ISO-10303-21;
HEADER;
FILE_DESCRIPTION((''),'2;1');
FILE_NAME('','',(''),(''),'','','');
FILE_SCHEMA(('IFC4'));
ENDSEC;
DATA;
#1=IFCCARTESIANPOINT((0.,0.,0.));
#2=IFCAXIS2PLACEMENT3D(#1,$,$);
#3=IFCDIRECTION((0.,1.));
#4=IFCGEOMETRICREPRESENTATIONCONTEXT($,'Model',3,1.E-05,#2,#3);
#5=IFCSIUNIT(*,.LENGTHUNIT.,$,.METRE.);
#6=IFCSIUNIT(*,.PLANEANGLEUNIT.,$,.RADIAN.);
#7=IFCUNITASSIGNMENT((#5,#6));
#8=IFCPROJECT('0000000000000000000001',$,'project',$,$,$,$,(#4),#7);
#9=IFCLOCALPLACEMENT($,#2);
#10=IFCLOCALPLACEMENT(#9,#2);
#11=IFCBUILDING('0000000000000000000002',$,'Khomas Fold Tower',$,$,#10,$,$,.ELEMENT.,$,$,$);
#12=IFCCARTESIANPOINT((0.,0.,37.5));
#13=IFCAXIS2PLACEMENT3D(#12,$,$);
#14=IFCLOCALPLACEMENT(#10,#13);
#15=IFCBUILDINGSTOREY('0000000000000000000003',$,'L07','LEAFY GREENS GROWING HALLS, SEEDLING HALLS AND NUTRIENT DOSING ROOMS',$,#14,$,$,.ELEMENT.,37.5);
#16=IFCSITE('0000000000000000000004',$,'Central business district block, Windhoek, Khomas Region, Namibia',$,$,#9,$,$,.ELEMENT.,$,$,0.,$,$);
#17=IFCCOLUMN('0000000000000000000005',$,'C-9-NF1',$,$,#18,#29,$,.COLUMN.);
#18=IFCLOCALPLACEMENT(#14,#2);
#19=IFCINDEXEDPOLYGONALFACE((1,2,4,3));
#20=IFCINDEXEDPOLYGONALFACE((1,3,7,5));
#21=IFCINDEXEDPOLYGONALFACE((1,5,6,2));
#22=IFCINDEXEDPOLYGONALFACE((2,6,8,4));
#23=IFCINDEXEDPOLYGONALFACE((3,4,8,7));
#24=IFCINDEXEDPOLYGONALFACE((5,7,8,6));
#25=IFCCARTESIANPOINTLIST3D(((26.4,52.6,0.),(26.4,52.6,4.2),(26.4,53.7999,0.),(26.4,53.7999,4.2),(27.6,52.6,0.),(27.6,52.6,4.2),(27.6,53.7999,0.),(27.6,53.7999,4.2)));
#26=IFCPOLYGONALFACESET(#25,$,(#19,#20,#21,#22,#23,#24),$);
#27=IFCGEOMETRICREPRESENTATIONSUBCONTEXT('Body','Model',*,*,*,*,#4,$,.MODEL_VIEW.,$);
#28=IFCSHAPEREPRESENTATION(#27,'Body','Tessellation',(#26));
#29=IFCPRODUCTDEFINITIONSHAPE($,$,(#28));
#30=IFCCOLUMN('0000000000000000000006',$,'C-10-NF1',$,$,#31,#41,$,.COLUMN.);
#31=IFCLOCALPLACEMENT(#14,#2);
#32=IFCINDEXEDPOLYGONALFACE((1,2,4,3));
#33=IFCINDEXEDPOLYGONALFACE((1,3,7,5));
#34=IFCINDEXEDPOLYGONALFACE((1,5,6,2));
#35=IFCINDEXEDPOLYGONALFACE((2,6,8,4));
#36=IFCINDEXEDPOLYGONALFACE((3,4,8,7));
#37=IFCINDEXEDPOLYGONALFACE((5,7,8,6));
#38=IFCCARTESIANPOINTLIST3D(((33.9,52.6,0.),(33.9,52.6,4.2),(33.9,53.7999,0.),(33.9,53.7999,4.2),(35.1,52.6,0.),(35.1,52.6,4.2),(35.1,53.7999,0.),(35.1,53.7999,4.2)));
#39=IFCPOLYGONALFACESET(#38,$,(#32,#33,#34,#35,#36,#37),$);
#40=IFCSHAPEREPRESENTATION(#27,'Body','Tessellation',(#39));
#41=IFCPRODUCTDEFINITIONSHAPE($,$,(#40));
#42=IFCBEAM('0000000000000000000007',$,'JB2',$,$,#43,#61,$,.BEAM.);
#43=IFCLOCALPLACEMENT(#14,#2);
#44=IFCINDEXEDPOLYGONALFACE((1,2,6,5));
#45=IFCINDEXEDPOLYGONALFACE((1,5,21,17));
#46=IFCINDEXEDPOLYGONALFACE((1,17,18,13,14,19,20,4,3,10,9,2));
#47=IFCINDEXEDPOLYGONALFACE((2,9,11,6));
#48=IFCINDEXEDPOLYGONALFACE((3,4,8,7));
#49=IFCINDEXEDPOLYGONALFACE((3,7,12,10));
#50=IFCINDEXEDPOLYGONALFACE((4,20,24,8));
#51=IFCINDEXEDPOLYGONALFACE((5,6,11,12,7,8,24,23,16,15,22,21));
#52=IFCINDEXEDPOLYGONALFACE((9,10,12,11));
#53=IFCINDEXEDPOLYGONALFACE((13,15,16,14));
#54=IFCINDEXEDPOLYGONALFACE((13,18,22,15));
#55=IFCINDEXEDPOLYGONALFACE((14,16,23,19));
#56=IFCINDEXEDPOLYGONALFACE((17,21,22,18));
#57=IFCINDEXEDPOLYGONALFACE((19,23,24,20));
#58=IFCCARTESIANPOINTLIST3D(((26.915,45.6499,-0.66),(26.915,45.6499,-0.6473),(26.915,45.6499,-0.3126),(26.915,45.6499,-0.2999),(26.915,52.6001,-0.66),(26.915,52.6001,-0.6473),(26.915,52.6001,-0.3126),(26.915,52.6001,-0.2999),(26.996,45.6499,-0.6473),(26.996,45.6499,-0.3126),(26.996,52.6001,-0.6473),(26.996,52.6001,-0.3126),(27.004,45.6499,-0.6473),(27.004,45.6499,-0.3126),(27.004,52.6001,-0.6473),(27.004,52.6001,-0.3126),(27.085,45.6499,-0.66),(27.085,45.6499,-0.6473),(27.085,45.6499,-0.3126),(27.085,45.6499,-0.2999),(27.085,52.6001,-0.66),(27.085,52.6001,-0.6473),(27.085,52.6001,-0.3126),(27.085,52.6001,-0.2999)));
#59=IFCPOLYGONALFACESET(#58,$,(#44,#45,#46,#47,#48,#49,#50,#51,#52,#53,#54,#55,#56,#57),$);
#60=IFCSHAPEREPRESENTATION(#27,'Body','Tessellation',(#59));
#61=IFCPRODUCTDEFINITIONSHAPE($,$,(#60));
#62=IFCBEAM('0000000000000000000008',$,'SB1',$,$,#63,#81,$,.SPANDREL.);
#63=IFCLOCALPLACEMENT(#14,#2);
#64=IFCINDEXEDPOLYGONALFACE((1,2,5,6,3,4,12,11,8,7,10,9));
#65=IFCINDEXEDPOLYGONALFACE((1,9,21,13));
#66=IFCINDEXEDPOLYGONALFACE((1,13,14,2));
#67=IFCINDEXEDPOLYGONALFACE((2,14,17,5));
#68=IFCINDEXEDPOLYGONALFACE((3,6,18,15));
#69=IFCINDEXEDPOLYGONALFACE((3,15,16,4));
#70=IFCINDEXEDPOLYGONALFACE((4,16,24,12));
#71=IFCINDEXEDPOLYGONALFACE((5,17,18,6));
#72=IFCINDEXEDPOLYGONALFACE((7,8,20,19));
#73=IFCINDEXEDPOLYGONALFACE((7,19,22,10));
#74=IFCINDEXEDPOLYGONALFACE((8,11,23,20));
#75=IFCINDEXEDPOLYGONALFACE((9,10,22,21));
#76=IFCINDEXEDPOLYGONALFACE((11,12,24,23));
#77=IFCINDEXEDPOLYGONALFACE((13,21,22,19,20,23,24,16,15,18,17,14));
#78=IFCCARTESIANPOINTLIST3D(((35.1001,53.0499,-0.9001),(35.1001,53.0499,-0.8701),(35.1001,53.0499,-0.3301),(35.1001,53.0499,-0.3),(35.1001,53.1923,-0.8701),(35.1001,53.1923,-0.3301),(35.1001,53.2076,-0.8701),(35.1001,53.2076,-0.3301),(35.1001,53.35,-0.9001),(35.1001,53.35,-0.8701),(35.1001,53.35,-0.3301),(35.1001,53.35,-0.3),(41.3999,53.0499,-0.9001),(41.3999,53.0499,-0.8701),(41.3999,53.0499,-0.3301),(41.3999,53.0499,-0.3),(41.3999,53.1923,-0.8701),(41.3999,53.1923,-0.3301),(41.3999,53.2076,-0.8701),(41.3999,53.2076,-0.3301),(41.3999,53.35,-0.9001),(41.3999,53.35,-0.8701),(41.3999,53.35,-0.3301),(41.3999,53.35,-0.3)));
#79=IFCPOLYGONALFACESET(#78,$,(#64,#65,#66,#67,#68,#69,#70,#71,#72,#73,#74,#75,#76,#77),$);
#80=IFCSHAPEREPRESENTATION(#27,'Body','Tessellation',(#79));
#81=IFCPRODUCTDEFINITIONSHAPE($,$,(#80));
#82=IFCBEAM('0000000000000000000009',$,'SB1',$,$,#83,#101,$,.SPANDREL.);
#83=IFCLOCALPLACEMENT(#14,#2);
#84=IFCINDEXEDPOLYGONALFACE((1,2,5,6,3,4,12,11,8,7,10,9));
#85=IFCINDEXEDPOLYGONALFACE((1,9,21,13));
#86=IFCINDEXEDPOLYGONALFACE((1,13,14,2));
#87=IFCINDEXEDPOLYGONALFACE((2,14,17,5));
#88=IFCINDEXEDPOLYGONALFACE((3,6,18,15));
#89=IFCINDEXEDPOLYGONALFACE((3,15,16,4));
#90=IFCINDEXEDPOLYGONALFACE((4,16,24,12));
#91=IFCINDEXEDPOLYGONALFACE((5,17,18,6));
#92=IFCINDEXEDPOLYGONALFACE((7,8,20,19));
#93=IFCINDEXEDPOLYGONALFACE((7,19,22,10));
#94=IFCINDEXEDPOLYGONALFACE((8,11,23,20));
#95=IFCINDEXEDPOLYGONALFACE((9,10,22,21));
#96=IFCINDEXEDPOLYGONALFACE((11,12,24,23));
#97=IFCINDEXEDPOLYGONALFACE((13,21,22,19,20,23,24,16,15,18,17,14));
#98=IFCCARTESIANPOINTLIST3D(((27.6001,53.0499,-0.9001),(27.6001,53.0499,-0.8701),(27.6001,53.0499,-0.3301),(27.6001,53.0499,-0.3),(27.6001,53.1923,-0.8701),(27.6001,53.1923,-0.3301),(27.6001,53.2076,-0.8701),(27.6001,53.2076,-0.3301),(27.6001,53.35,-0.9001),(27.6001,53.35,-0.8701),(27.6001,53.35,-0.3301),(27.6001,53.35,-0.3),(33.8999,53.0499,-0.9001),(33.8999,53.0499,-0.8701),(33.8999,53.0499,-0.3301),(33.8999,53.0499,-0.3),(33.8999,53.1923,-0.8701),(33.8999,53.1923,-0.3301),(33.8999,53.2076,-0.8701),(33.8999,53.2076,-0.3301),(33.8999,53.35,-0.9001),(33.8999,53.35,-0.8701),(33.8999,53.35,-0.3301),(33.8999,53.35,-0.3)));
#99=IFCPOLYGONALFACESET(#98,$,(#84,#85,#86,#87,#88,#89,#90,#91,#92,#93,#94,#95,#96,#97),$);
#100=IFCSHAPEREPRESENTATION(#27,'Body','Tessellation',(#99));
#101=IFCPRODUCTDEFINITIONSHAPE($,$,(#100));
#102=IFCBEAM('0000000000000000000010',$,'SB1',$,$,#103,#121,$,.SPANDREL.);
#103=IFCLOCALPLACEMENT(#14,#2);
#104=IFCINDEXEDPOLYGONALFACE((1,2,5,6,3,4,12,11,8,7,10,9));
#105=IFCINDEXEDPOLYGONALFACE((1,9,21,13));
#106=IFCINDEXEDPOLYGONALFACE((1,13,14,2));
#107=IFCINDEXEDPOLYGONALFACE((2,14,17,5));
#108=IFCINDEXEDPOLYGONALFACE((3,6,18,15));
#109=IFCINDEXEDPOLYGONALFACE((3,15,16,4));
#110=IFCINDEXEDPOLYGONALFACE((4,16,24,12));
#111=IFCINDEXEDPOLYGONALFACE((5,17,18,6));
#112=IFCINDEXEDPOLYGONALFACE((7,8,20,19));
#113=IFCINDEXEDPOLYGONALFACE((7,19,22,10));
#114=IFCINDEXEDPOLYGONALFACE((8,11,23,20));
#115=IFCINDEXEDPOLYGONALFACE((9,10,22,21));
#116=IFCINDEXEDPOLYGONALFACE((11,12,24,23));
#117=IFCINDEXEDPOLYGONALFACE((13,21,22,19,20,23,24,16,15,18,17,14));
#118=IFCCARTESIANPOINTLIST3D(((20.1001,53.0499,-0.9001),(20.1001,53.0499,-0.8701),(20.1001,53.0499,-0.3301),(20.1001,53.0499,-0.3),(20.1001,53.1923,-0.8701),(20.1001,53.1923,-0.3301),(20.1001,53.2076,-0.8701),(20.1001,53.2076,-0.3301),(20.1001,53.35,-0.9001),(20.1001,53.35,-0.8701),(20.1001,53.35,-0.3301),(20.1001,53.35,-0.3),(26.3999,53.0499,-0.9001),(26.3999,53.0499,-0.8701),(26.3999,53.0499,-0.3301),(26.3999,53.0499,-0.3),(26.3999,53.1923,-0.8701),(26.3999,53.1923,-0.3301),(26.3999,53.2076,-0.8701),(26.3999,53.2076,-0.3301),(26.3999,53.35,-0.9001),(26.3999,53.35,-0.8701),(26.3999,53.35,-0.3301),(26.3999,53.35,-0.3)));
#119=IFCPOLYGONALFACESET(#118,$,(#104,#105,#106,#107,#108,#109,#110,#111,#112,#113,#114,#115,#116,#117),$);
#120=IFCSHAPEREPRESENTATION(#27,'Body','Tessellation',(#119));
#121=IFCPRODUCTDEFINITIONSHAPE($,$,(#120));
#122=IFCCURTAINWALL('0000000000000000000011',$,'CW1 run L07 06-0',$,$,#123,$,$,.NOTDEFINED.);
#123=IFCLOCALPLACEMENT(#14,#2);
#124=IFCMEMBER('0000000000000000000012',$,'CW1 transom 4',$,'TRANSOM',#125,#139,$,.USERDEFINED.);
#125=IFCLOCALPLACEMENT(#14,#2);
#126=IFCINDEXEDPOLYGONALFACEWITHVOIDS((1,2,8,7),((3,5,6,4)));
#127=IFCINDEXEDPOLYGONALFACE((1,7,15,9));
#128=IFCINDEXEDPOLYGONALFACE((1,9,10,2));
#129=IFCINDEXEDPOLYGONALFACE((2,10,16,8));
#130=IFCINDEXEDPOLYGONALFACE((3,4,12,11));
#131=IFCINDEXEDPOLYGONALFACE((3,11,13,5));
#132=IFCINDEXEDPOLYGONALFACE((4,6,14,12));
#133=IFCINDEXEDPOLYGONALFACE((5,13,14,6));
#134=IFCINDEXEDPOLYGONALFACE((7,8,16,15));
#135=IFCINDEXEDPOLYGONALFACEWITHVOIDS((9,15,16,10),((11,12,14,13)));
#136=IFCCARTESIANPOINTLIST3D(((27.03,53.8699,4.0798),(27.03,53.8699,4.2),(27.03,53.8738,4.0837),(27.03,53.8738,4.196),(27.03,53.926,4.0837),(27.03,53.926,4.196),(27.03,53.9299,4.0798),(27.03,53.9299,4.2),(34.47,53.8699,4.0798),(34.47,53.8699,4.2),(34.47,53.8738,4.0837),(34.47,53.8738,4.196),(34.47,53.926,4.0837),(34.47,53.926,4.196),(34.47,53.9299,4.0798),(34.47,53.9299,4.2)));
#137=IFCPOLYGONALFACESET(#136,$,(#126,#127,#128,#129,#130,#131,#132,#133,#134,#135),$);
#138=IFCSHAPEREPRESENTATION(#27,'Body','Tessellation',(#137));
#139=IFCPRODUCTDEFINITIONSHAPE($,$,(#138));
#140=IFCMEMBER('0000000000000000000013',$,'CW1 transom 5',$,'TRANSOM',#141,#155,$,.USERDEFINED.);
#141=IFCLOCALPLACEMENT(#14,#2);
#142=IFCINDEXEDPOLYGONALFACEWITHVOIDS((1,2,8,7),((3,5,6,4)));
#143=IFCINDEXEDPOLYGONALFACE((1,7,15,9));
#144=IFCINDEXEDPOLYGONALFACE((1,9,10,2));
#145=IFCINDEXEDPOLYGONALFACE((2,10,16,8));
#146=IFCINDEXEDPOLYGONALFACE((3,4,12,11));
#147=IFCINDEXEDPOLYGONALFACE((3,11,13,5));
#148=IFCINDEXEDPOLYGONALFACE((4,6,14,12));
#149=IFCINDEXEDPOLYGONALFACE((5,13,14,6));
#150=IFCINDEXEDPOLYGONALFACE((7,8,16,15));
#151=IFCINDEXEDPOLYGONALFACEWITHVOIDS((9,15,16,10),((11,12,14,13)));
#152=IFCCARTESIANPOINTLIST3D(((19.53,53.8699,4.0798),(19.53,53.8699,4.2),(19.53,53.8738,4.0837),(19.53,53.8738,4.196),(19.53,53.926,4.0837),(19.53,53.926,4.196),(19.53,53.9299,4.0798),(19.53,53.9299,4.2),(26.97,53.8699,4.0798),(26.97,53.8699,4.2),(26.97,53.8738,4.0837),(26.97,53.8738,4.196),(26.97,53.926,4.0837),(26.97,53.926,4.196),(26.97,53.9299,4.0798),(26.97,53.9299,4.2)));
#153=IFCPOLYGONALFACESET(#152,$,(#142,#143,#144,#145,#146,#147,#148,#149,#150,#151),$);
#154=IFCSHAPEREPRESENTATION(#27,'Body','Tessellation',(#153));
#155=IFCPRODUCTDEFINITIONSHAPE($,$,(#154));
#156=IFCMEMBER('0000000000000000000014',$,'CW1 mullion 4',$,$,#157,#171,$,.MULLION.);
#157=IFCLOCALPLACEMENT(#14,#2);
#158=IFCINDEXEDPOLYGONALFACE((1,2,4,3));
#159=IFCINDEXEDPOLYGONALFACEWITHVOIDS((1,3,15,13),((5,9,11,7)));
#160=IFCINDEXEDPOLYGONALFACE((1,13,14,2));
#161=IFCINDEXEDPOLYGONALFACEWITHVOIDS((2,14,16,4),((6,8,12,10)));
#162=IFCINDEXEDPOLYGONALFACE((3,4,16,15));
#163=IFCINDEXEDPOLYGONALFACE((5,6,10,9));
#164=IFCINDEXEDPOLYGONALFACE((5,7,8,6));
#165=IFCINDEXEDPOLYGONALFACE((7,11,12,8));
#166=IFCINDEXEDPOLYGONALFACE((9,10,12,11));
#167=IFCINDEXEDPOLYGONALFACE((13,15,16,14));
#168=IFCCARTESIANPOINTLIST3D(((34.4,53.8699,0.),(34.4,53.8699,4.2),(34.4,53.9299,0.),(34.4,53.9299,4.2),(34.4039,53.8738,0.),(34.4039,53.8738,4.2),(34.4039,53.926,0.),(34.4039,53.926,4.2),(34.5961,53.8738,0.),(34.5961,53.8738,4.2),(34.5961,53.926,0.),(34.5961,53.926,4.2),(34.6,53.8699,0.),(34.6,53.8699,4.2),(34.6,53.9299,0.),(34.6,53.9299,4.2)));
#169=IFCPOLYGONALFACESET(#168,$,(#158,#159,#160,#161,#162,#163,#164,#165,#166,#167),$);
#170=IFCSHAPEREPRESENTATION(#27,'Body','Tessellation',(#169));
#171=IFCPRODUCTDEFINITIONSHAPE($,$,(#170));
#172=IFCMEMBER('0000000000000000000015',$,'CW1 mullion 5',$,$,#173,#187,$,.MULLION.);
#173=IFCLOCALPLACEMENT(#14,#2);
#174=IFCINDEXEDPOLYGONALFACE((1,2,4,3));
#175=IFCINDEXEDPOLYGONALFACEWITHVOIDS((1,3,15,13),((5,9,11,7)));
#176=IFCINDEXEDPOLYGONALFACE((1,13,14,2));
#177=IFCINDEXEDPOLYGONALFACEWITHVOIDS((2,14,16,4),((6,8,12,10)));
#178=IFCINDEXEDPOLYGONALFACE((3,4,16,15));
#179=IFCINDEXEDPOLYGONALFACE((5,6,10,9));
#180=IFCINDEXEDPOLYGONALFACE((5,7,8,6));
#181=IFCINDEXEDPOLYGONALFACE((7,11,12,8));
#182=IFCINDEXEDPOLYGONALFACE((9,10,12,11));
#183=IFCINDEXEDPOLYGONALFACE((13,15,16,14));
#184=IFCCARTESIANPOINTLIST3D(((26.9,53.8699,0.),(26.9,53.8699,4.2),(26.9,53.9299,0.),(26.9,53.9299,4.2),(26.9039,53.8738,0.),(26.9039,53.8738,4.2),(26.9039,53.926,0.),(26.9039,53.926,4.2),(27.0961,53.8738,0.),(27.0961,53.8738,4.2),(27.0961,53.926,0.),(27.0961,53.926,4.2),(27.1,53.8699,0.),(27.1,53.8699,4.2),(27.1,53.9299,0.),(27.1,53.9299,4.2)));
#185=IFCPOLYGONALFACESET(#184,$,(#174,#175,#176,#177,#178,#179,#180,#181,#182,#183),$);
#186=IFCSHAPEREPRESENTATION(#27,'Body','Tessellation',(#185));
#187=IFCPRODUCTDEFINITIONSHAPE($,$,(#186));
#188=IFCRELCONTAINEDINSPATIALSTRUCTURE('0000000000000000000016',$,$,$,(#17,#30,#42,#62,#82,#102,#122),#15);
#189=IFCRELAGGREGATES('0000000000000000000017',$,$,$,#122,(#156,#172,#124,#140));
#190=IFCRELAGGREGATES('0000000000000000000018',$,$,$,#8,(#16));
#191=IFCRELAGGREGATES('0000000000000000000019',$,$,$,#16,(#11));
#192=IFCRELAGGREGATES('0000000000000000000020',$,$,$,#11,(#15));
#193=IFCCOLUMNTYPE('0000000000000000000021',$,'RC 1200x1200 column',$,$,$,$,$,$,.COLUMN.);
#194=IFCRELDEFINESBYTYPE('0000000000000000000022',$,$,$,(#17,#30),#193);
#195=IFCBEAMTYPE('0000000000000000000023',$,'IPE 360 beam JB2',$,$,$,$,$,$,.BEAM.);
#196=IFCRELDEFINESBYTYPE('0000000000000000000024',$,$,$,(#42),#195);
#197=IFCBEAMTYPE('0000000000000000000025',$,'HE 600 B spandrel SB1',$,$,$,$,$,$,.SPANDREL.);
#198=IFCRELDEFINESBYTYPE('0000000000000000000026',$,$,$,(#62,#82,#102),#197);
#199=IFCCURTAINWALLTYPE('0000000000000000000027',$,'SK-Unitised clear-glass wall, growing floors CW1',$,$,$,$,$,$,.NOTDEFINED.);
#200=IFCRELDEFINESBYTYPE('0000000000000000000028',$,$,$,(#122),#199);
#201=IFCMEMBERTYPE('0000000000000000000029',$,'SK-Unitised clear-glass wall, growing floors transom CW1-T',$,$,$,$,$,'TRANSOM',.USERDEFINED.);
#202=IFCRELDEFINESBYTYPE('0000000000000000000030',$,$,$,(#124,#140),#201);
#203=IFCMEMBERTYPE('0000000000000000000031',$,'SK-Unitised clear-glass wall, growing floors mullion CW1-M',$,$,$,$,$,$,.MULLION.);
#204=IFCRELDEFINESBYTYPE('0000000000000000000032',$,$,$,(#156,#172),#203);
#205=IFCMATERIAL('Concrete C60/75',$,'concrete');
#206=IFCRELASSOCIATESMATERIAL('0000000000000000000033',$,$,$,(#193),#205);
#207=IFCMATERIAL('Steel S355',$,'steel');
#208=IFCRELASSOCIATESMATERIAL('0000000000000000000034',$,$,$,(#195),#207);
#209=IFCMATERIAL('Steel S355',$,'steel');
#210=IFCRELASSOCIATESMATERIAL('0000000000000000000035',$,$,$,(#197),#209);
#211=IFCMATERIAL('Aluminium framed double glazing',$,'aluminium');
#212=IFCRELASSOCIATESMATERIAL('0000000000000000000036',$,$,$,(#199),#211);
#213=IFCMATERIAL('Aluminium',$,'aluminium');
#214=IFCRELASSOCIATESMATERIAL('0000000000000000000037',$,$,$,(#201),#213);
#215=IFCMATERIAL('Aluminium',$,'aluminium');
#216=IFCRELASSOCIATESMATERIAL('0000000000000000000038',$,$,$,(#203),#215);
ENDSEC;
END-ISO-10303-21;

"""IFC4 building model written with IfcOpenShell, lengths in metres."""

from ifc_helpers import new_model, si_unit, direction, frame, origin, origin_2d, place, context, subcontext, project, spatial, rectangle, hollow_rectangle, i_section, extrude, source, transform, mapped, material, material_profile, profile_set, type_object, element, aggregate, save


model = new_model("IFC4")

# Units and contexts
model_context = context("Model", 3, precision=1e-05, world=origin(), true_north=direction((0.0, 1.0)))
body_context = subcontext(model_context, "Body", "Model", "MODEL_VIEW")
ifc_project = project(units=[si_unit("LENGTHUNIT", "METRE"), si_unit("PLANEANGLEUNIT", "RADIAN")], contexts=[model_context])

# Site, building, storey
site_placement = place(None, origin())
site = spatial("IfcSite", under=ifc_project, at=site_placement, Name="Central business district block, Windhoek, Khomas Region, Namibia", CompositionType="ELEMENT", RefElevation=0.0)
building_placement = place(site_placement, origin())
building = spatial("IfcBuilding", under=site, at=building_placement, Name="Khomas Fold Tower", CompositionType="ELEMENT")
storey_placement = place(building_placement, frame((0.0, 0.0, 37.5)))
storey = spatial("IfcBuildingStorey", under=building, at=storey_placement, Name="L07", Description="LEAFY GREENS GROWING HALLS, SEEDLING HALLS AND NUTRIENT DOSING ROOMS", CompositionType="ELEMENT", Elevation=37.5)

# Columns
ifc_material_1 = material(Name="Concrete C60/75", Category="concrete")
ifc_material_profile_1 = material_profile(ifc_material_1, rectangle(XDim=1.2, YDim=1.2, at=origin_2d()), Name="RC 1200x1200")
ifc_profile_set_1 = profile_set([ifc_material_profile_1], Name="Concrete C60/75")
column_type = type_object("IfcColumnType", Name="RC 1200x1200 column", PredefinedType="COLUMN", material=ifc_profile_set_1)
shared_shape_1 = source(origin(), body_context, "Body", "SweptSolid", [
    extrude(rectangle(XDim=1.2, YDim=1.2, at=origin_2d()), origin(), (0.0, 0.0, 1.0), 4.2),
])
for number, where, z_axis, x_axis, name in (
    (1, (27.0, 53.2, 0.0), (0.0, 0.0, 1.0), (1.0, 0.0, 0.0), "C-9-NF1"),
    (2, (34.5, 53.2, 0.0), (0.0, 0.0, 1.0), (1.0, 0.0, 0.0), "C-10-NF1"),
):
    element("IfcColumn", number, at=place(storey_placement, frame(where, z_axis=z_axis, x_axis=x_axis)), inside=storey, type_object=column_type, Name=name, PredefinedType="COLUMN", context=body_context, shape_type="MappedRepresentation", body=[
        mapped(shared_shape_1, transform((0.0, 0.0, 0.0))),
    ])

# Beams
ifc_material_2 = material(Name="Steel S355", Category="steel")
ifc_material_profile_2 = material_profile(ifc_material_2, i_section(OverallWidth=0.1699, OverallDepth=0.3601, WebThickness=0.0081, FlangeThickness=0.0127, at=origin_2d()), Name="IPE 360")
ifc_profile_set_2 = profile_set([ifc_material_profile_2], Name="Steel S355")
beam_type_1 = type_object("IfcBeamType", Name="IPE 360 beam JB2", PredefinedType="BEAM", material=ifc_profile_set_2)
shared_shape_2 = source(origin(), body_context, "Body", "SweptSolid", [
    extrude(i_section(OverallWidth=0.1699, OverallDepth=0.3601, WebThickness=0.0081, FlangeThickness=0.0127, at=origin_2d()), origin(), (0.0, 0.0, 1.0), 6.9502),
])
beam_placement = place(storey_placement, frame((27.0, 45.6499, -0.48), z_axis=(0.0, 1.0, 0.0), x_axis=(-1.0, 0.0, 0.0)))
element("IfcBeam", 3, at=beam_placement, inside=storey, type_object=beam_type_1, Name="JB2", PredefinedType="BEAM", context=body_context, shape_type="MappedRepresentation", body=[
    mapped(shared_shape_2, transform((0.0, 0.0, 0.0))),
])
ifc_material_3 = material(Name="Steel S355", Category="steel")
ifc_material_profile_3 = material_profile(ifc_material_3, i_section(OverallWidth=0.3, OverallDepth=0.6001, WebThickness=0.0154, FlangeThickness=0.03, at=origin_2d()), Name="HE 600 B")
ifc_profile_set_3 = profile_set([ifc_material_profile_3], Name="Steel S355")
beam_type_2 = type_object("IfcBeamType", Name="HE 600 B spandrel SB1", PredefinedType="SPANDREL", material=ifc_profile_set_3)
shared_shape_3 = source(origin(), body_context, "Body", "SweptSolid", [
    extrude(i_section(OverallWidth=0.3, OverallDepth=0.6001, WebThickness=0.0154, FlangeThickness=0.03, at=origin_2d()), origin(), (0.0, 0.0, 1.0), 6.2998),
])
for number, where, z_axis, x_axis, name in (
    (4, (35.1001, 53.2, -0.6001), (1.0, 0.0, 0.0), (0.0, 1.0, 0.0), "SB1"),
    (5, (27.6001, 53.2, -0.6001), (1.0, 0.0, 0.0), (0.0, 1.0, 0.0), "SB1"),
    (6, (20.1001, 53.2, -0.6001), (1.0, 0.0, 0.0), (0.0, 1.0, 0.0), "SB1"),
):
    element("IfcBeam", number, at=place(storey_placement, frame(where, z_axis=z_axis, x_axis=x_axis)), inside=storey, type_object=beam_type_2, Name=name, PredefinedType="SPANDREL", context=body_context, shape_type="MappedRepresentation", body=[
        mapped(shared_shape_3, transform((0.0, 0.0, 0.0))),
    ])

# Curtain wall, members
ifc_material_4 = material(Name="Aluminium framed double glazing", Category="aluminium")
curtain_wall_type = type_object("IfcCurtainWallType", Name="SK-Unitised clear-glass wall, growing floors CW1", PredefinedType="NOTDEFINED", material=ifc_material_4)
curtain_wall_placement = place(storey_placement, origin())
curtain_wall = element("IfcCurtainWall", 7, at=curtain_wall_placement, inside=storey, type_object=curtain_wall_type, Name="CW1 run L07 06-0", PredefinedType="NOTDEFINED")
ifc_material_5 = material(Name="Aluminium", Category="aluminium")
ifc_material_profile_4 = material_profile(ifc_material_5, hollow_rectangle(XDim=0.0601, YDim=0.1201, WallThickness=0.0039, at=origin_2d()), Name="SK-Unitised clear-glass wall, growing floors transom CW1-T")
ifc_profile_set_4 = profile_set([ifc_material_profile_4], Name="Aluminium")
member_type_1 = type_object("IfcMemberType", Name="SK-Unitised clear-glass wall, growing floors transom CW1-T", ElementType="TRANSOM", PredefinedType="USERDEFINED", material=ifc_profile_set_4)
shared_shape_4 = source(origin(), body_context, "Body", "SweptSolid", [
    extrude(hollow_rectangle(XDim=0.0601, YDim=0.1201, WallThickness=0.0039, at=origin_2d()), origin(), (0.0, 0.0, 1.0), 7.4399),
])
member_1_placement = place(storey_placement, frame((34.47, 53.8999, 4.1399), z_axis=(-1.0, 0.0, 0.0), x_axis=(0.0, -1.0, 0.0)))
member_1 = element("IfcMember", 8, at=member_1_placement, type_object=member_type_1, Name="CW1 transom 4", ObjectType="TRANSOM", PredefinedType="USERDEFINED", context=body_context, shape_type="MappedRepresentation", body=[
    mapped(shared_shape_4, transform((0.0, 0.0, 0.0))),
])
member_2_placement = place(storey_placement, frame((26.97, 53.8999, 4.1399), z_axis=(-1.0, 0.0, 0.0), x_axis=(0.0, -1.0, 0.0)))
member_2 = element("IfcMember", 9, at=member_2_placement, type_object=member_type_1, Name="CW1 transom 5", ObjectType="TRANSOM", PredefinedType="USERDEFINED", context=body_context, shape_type="MappedRepresentation", body=[
    mapped(shared_shape_4, transform((0.0, 0.0, 0.0))),
])
ifc_material_6 = material(Name="Aluminium", Category="aluminium")
ifc_material_profile_5 = material_profile(ifc_material_6, hollow_rectangle(XDim=0.0601, YDim=0.2, WallThickness=0.0039, at=origin_2d()), Name="SK-Unitised clear-glass wall, growing floors mullion CW1-M")
ifc_profile_set_5 = profile_set([ifc_material_profile_5], Name="Aluminium")
member_type_2 = type_object("IfcMemberType", Name="SK-Unitised clear-glass wall, growing floors mullion CW1-M", PredefinedType="MULLION", material=ifc_profile_set_5)
shared_shape_5 = source(origin(), body_context, "Body", "SweptSolid", [
    extrude(hollow_rectangle(XDim=0.0601, YDim=0.2, WallThickness=0.0039, at=origin_2d()), origin(), (0.0, 0.0, 1.0), 4.2),
])
member_3_placement = place(storey_placement, frame((34.5, 53.8999, 0.0), z_axis=(0.0, 0.0, 1.0), x_axis=(0.0, -1.0, 0.0)))
member_3 = element("IfcMember", 10, at=member_3_placement, type_object=member_type_2, Name="CW1 mullion 4", PredefinedType="MULLION", context=body_context, shape_type="MappedRepresentation", body=[
    mapped(shared_shape_5, transform((0.0, 0.0, 0.0))),
])
member_4_placement = place(storey_placement, frame((27.0, 53.8999, 0.0), z_axis=(0.0, 0.0, 1.0), x_axis=(0.0, -1.0, 0.0)))
member_4 = element("IfcMember", 11, at=member_4_placement, type_object=member_type_2, Name="CW1 mullion 5", PredefinedType="MULLION", context=body_context, shape_type="MappedRepresentation", body=[
    mapped(shared_shape_5, transform((0.0, 0.0, 0.0))),
])
aggregate(curtain_wall, [member_3, member_4, member_1, member_2])

save(model, "model.ifc")
